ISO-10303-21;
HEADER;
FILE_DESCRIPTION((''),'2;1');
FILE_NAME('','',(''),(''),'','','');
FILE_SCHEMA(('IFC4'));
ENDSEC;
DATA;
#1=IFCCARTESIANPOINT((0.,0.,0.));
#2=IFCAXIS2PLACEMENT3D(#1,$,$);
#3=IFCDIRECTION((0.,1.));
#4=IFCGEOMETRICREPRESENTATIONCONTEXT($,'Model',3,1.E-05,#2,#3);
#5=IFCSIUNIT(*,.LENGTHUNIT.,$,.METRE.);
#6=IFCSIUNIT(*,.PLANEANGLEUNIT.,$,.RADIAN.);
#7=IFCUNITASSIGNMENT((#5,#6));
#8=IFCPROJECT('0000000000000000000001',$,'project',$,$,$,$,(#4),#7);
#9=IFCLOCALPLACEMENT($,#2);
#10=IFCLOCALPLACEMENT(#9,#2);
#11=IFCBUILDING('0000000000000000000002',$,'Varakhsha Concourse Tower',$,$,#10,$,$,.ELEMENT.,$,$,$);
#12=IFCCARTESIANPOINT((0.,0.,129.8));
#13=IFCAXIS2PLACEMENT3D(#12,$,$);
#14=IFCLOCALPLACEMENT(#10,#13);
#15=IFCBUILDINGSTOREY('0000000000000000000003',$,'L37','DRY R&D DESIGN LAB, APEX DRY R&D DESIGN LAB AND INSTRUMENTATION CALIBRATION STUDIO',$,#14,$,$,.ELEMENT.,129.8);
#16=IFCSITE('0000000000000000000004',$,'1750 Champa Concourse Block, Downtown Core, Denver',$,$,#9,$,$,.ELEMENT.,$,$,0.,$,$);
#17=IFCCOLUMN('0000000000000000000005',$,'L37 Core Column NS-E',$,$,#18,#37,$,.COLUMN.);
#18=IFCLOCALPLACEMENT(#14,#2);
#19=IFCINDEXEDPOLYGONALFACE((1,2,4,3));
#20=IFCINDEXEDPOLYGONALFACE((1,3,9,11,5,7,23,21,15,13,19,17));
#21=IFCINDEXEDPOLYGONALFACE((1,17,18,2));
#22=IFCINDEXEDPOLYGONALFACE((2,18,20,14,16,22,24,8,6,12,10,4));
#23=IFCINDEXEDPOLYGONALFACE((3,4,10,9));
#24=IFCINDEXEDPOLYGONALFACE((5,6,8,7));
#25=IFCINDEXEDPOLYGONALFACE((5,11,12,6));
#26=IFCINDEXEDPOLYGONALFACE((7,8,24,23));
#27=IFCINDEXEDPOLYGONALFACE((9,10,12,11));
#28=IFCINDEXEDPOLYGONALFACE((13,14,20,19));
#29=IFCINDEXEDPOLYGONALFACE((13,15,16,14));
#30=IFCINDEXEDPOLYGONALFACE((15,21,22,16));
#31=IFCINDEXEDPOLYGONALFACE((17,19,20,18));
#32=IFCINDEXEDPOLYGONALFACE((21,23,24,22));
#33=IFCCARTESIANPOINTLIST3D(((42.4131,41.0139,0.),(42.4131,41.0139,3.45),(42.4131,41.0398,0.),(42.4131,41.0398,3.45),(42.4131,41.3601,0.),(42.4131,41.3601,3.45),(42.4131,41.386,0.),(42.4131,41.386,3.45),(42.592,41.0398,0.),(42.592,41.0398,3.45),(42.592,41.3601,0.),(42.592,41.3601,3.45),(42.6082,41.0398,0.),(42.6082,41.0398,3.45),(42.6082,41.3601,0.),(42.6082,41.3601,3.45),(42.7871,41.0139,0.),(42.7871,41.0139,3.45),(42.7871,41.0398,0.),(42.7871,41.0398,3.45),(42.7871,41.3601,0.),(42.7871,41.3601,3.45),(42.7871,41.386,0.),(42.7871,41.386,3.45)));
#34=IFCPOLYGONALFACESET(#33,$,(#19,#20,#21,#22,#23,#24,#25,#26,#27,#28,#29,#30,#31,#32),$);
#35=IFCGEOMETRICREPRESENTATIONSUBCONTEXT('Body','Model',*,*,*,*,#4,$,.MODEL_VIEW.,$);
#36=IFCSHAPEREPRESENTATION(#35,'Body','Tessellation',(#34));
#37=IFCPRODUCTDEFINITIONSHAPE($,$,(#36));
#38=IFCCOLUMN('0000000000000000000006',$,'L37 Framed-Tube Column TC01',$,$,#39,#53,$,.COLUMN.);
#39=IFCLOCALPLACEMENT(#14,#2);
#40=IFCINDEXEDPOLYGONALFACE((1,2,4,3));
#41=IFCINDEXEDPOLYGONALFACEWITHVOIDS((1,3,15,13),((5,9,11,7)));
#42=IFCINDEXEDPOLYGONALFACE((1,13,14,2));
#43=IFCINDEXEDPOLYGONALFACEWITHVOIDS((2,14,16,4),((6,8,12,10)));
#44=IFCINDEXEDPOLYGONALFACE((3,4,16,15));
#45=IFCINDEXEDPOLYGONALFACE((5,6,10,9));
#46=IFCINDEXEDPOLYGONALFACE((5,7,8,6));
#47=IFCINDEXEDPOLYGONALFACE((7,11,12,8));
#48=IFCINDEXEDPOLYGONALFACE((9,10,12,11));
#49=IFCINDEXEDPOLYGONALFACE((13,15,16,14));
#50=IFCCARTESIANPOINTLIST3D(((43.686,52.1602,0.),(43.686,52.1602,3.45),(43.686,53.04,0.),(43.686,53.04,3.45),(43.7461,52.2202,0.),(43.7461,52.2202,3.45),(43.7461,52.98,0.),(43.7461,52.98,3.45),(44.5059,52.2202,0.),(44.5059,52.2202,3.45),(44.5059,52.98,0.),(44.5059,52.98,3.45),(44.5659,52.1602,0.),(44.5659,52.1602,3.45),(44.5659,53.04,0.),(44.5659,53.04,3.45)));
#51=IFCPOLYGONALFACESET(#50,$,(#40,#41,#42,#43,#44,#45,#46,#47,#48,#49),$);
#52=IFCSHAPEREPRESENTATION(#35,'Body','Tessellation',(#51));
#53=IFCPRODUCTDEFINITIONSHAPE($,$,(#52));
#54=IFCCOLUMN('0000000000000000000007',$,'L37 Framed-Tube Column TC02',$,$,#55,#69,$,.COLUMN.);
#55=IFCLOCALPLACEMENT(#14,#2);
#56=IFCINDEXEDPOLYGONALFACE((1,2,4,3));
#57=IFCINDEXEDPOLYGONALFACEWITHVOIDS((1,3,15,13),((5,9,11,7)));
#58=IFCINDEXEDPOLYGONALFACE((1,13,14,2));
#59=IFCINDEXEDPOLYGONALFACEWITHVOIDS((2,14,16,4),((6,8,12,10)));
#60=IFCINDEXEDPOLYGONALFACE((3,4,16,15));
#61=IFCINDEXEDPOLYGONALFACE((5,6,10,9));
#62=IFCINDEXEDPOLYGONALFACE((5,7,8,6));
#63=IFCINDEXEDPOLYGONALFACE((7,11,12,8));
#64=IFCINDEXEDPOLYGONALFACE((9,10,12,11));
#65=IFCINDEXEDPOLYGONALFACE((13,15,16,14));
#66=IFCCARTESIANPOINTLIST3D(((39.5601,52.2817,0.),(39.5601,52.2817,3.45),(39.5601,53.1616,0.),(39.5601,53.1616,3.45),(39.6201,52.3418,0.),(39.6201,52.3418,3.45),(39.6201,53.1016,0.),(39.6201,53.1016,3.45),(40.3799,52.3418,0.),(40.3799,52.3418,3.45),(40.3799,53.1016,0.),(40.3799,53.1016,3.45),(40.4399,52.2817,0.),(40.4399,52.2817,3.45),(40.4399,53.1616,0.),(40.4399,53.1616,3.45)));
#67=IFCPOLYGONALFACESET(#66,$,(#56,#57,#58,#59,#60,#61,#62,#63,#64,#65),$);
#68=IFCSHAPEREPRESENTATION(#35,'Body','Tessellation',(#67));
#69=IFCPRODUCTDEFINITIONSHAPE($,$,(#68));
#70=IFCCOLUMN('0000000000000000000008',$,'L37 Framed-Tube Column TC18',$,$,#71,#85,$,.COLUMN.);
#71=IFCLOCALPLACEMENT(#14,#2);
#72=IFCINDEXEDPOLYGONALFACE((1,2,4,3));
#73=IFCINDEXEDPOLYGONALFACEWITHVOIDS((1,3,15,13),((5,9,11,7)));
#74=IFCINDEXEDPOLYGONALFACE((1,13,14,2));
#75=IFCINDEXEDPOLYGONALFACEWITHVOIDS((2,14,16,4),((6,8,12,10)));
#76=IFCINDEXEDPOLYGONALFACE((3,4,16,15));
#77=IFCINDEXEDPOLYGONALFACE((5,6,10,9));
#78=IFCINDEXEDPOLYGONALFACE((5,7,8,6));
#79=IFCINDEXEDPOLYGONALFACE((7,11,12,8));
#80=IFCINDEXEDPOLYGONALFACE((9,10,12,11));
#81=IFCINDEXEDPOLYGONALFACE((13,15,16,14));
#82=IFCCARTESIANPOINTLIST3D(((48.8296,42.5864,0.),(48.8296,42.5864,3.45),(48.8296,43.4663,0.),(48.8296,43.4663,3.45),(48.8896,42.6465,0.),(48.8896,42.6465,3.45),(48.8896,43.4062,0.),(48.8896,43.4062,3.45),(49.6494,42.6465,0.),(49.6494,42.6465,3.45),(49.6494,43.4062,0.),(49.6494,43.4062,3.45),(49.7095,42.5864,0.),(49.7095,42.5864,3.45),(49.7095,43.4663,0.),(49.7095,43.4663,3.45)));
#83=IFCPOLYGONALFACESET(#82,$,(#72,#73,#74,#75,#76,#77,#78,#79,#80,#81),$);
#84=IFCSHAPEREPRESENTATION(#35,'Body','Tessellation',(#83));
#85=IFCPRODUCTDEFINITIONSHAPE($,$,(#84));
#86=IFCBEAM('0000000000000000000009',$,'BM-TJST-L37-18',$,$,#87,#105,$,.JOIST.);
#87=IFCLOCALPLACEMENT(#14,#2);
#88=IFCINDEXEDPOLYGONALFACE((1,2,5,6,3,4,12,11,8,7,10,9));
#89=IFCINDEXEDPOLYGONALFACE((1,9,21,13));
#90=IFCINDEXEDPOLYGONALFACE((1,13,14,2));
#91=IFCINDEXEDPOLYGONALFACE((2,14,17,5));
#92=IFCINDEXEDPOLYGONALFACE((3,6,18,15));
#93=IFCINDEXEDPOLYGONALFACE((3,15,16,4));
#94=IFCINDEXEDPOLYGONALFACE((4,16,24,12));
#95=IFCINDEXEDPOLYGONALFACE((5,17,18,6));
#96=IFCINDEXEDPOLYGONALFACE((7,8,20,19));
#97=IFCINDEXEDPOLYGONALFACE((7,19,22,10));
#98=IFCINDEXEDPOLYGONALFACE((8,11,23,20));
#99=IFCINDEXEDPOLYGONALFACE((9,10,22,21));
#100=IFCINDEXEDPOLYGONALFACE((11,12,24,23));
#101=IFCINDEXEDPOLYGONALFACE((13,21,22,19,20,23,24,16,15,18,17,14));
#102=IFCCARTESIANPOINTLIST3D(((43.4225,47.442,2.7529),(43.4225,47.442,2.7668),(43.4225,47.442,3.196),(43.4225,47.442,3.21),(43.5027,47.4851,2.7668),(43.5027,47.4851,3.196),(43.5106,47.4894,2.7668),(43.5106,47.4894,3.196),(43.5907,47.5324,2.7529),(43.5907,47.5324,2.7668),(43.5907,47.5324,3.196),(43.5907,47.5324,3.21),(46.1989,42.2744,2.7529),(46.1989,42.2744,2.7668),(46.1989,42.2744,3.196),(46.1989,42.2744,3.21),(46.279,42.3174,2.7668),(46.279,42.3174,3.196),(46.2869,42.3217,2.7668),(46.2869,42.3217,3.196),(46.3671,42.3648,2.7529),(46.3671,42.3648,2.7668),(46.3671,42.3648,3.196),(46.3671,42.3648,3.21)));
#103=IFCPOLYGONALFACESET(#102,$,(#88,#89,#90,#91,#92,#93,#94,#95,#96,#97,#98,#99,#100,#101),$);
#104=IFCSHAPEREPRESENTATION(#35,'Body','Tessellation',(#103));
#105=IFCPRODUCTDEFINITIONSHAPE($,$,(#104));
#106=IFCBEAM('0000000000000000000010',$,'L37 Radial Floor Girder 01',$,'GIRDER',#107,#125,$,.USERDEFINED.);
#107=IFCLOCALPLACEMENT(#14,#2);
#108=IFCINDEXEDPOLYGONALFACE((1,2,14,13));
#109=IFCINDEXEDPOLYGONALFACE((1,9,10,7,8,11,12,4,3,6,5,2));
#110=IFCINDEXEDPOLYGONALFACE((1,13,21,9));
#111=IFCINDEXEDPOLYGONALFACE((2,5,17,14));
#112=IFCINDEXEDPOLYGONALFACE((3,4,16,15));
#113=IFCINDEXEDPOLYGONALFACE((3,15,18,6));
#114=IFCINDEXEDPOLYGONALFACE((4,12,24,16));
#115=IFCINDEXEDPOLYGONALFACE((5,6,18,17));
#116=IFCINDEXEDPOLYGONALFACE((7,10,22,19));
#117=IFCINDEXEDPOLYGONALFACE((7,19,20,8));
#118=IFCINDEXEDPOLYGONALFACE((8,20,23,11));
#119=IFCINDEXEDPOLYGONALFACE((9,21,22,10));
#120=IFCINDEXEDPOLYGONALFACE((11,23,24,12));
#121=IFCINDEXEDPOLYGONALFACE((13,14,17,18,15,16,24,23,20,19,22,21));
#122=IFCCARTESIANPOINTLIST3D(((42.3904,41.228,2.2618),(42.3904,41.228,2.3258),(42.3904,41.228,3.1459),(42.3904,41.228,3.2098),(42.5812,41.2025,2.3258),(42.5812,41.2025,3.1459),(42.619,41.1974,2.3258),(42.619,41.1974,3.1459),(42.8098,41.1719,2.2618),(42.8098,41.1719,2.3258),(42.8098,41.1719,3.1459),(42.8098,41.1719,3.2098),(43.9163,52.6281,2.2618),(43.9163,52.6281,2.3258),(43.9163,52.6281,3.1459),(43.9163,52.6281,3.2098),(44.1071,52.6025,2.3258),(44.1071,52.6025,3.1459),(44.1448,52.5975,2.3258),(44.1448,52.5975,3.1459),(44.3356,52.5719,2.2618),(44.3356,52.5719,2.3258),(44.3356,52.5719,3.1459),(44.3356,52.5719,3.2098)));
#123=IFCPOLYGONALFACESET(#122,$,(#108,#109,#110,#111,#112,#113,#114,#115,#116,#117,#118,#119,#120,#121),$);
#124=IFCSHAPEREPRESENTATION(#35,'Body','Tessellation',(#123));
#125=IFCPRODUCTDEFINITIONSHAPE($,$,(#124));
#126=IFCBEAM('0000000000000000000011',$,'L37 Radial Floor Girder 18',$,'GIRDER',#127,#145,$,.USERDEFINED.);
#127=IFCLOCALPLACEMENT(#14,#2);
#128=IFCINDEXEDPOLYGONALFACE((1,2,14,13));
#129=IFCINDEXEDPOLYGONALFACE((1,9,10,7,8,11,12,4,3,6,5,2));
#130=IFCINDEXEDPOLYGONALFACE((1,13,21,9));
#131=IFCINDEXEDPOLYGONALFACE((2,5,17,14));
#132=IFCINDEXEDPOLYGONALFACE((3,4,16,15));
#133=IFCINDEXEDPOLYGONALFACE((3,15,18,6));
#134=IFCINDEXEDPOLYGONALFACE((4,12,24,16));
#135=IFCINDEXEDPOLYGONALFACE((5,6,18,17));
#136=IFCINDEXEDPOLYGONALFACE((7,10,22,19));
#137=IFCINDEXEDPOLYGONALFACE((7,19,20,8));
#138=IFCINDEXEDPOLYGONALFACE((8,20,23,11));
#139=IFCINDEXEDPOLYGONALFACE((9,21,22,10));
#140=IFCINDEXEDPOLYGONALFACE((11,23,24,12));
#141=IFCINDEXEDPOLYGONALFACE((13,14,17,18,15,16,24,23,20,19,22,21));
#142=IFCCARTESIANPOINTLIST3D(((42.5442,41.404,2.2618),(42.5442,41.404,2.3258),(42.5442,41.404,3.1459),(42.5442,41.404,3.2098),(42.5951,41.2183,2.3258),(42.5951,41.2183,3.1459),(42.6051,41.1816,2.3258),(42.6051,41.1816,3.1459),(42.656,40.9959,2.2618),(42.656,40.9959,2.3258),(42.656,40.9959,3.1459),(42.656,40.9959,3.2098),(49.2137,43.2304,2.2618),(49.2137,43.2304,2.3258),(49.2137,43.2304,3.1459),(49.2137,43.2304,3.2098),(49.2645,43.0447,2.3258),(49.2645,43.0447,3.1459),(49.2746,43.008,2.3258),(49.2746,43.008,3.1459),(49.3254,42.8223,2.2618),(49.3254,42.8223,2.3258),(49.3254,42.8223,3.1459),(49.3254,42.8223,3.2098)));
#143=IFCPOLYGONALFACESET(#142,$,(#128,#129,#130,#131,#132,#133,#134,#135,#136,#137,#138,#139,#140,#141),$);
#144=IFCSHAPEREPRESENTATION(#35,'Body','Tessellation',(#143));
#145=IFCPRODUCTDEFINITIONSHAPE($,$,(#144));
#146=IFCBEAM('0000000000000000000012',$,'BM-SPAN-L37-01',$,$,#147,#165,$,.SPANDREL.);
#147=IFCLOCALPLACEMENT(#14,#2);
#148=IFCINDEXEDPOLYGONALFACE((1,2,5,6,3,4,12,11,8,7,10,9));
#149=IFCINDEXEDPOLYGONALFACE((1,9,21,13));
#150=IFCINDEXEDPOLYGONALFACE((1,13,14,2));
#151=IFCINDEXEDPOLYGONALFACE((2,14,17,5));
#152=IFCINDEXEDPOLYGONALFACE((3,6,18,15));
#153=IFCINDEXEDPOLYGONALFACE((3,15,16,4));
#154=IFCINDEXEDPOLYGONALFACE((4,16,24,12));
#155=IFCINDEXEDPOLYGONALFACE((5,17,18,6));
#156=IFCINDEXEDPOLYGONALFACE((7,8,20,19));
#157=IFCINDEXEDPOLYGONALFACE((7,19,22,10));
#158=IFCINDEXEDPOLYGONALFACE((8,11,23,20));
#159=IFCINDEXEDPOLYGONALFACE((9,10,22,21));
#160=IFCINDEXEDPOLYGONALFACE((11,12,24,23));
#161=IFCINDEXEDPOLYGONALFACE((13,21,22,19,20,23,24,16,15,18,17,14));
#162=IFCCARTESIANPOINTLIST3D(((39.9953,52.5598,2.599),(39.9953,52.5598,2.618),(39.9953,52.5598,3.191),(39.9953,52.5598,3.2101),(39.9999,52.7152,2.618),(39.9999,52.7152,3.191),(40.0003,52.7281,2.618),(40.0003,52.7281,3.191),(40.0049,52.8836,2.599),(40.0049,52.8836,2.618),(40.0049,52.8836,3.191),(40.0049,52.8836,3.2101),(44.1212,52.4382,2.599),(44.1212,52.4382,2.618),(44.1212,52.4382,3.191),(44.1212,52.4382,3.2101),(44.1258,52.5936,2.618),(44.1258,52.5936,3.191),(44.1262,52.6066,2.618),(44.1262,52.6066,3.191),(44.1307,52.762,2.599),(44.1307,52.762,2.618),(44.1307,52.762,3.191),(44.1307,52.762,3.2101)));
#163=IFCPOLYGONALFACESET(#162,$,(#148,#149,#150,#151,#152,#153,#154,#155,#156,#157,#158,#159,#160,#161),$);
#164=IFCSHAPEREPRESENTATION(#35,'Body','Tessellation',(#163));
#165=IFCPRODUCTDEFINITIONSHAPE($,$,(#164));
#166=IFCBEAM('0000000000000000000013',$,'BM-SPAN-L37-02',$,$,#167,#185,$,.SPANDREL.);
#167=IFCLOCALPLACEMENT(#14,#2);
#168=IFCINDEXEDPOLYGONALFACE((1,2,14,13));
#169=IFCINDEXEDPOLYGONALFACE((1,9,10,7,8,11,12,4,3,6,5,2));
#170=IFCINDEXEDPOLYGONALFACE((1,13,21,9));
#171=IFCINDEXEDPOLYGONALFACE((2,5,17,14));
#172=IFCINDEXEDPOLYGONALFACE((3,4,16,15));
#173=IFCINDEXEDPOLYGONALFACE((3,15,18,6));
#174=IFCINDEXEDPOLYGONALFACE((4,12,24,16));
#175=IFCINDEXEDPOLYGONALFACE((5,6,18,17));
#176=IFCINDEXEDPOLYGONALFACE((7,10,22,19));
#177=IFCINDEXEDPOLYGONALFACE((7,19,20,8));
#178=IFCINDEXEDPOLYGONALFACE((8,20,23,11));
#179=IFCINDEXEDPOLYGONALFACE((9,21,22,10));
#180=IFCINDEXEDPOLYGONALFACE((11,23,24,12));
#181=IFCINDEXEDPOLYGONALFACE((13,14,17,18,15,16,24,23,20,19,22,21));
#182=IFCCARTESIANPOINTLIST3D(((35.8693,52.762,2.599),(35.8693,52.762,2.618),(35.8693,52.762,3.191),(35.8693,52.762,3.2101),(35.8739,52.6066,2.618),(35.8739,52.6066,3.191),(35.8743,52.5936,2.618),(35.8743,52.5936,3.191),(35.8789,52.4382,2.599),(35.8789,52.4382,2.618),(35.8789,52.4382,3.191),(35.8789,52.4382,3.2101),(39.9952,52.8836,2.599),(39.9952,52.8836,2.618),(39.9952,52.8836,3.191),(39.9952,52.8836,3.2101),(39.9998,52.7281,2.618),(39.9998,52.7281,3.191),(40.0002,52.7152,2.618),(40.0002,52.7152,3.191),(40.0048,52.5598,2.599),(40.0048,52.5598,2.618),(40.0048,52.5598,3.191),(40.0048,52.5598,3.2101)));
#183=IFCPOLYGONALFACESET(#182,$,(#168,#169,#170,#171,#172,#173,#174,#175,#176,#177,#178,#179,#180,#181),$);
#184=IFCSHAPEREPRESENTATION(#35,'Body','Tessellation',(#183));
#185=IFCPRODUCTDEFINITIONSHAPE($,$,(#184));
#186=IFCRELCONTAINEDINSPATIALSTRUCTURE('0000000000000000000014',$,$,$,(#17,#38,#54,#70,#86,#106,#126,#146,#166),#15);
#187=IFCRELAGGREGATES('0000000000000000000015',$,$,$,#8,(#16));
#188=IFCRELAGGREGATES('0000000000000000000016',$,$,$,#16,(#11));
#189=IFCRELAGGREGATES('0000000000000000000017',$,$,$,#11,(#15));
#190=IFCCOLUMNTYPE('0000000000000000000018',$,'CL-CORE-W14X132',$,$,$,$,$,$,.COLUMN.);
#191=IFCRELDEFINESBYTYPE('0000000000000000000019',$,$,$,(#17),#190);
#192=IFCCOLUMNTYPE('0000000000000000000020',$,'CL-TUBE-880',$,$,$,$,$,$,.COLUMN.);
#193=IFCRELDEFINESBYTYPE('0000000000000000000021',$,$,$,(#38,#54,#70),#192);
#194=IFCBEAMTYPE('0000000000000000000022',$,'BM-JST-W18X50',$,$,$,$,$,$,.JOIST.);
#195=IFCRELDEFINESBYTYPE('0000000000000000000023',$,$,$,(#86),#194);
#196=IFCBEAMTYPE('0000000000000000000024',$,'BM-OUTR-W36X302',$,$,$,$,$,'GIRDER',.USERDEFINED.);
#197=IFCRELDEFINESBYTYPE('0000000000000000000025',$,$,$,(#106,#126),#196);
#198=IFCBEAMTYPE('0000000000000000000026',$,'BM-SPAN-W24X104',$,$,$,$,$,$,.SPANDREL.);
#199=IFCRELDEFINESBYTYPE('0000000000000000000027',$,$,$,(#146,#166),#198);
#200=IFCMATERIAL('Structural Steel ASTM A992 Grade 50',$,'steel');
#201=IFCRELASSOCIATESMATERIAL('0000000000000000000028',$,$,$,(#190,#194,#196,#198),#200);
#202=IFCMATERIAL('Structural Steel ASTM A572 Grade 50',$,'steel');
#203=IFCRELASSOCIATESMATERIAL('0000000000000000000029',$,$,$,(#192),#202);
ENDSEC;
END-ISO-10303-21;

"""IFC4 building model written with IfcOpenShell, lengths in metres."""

from ifc_helpers import new_model, si_unit, direction, frame, origin, origin_2d, place, context, subcontext, project, spatial, hollow_rectangle, i_section, extrude, material, material_profile, profile_set, type_object, element, save


model = new_model("IFC4")

# Units and contexts
model_context = context("Model", 3, precision=1e-05, world=origin(), true_north=direction((0.0, 1.0)))
body_context = subcontext(model_context, "Body", "Model", "MODEL_VIEW")
ifc_project = project(units=[si_unit("LENGTHUNIT", "METRE"), si_unit("PLANEANGLEUNIT", "RADIAN")], contexts=[model_context])

# Site, building, storey
site_placement = place(None, origin())
site = spatial("IfcSite", under=ifc_project, at=site_placement, Name="1750 Champa Concourse Block, Downtown Core, Denver", CompositionType="ELEMENT", RefElevation=0.0)
building_placement = place(site_placement, origin())
building = spatial("IfcBuilding", under=site, at=building_placement, Name="Varakhsha Concourse Tower", CompositionType="ELEMENT")
storey_placement = place(building_placement, frame((0.0, 0.0, 129.8)))
storey = spatial("IfcBuildingStorey", under=building, at=storey_placement, Name="L37", Description="DRY R&D DESIGN LAB, APEX DRY R&D DESIGN LAB AND INSTRUMENTATION CALIBRATION STUDIO", CompositionType="ELEMENT", Elevation=129.8)

# Columns
ifc_material_1 = material(Name="Structural Steel ASTM A992 Grade 50", Category="steel")
ifc_material_profile_1 = material_profile(ifc_material_1, i_section(OverallWidth=0.374, OverallDepth=0.3721, WebThickness=0.0161, FlangeThickness=0.0259, at=origin_2d()), Name="W14X132")
ifc_profile_set_1 = profile_set([ifc_material_profile_1], Name="Structural Steel ASTM A992 Grade 50")
column_type_1 = type_object("IfcColumnType", Name="CL-CORE-W14X132", PredefinedType="COLUMN", material=ifc_profile_set_1)
column_placement = place(storey_placement, frame((42.6001, 41.2, 0.0), z_axis=(0.0, 0.0, 1.0), x_axis=(1.0, 0.0, 0.0)))
element("IfcColumn", 1, at=column_placement, inside=storey, type_object=column_type_1, Name="L37 Core Column NS-E", PredefinedType="COLUMN", context=body_context, shape_type="SweptSolid", body=[
    extrude(i_section(OverallWidth=0.374, OverallDepth=0.3721, WebThickness=0.0161, FlangeThickness=0.0259, at=origin_2d()), origin(), (0.0, 0.0, 1.0), 3.45),
])
ifc_material_2 = material(Name="Structural Steel ASTM A572 Grade 50", Category="steel")
ifc_material_profile_2 = material_profile(ifc_material_2, hollow_rectangle(XDim=0.8799, YDim=0.8799, WallThickness=0.0601, at=origin_2d()), Name="BOX 880x880x60")
ifc_profile_set_2 = profile_set([ifc_material_profile_2], Name="Structural Steel ASTM A572 Grade 50")
column_type_2 = type_object("IfcColumnType", Name="CL-TUBE-880", PredefinedType="COLUMN", material=ifc_profile_set_2)
for number, where, z_axis, x_axis, name in (
    (2, (44.126, 52.6001, 0.0), (0.0, 0.0, 1.0), (1.0, 0.0, 0.0), "L37 Framed-Tube Column TC01"),
    (3, (40.0, 52.7217, 0.0), (0.0, 0.0, 1.0), (1.0, 0.0, 0.0), "L37 Framed-Tube Column TC02"),
    (4, (49.2695, 43.0264, 0.0), (0.0, 0.0, 1.0), (1.0, 0.0, 0.0), "L37 Framed-Tube Column TC18"),
):
    element("IfcColumn", number, at=place(storey_placement, frame(where, z_axis=z_axis, x_axis=x_axis)), inside=storey, type_object=column_type_2, Name=name, PredefinedType="COLUMN", context=body_context, shape_type="SweptSolid", body=[
        extrude(hollow_rectangle(XDim=0.8799, YDim=0.8799, WallThickness=0.0601, at=origin_2d()), origin(), (0.0, 0.0, 1.0), 3.45),
    ])

# Beams
ifc_material_profile_3 = material_profile(ifc_material_1, i_section(OverallWidth=0.1909, OverallDepth=0.457, WebThickness=0.009, FlangeThickness=0.0139, at=origin_2d()), Name="W18X50")
ifc_profile_set_3 = profile_set([ifc_material_profile_3], Name="Structural Steel ASTM A992 Grade 50")
beam_type_1 = type_object("IfcBeamType", Name="BM-JST-W18X50", PredefinedType="JOIST", material=ifc_profile_set_3)
beam_1_placement = place(storey_placement, frame((46.283, 42.3196, 2.9814), z_axis=(-0.473273, 0.880916, 0.0), x_axis=(-0.880916, -0.473273, 0.0)))
element("IfcBeam", 5, at=beam_1_placement, inside=storey, type_object=beam_type_1, Name="BM-TJST-L37-18", PredefinedType="JOIST", context=body_context, shape_type="SweptSolid", body=[
    extrude(i_section(OverallWidth=0.1909, OverallDepth=0.457, WebThickness=0.009, FlangeThickness=0.0139, at=origin_2d()), origin(), (0.0, 0.0, 1.0), 5.8662),
])
ifc_material_profile_4 = material_profile(ifc_material_1, i_section(OverallWidth=0.4231, OverallDepth=0.948, WebThickness=0.0381, FlangeThickness=0.064, at=origin_2d()), Name="W36X302")
ifc_profile_set_4 = profile_set([ifc_material_profile_4], Name="Structural Steel ASTM A992 Grade 50")
beam_type_2 = type_object("IfcBeamType", Name="BM-OUTR-W36X302", ElementType="GIRDER", PredefinedType="USERDEFINED", material=ifc_profile_set_4)
beam_2_placement = place(storey_placement, frame((42.6001, 41.2, 2.7358), z_axis=(0.132664, 0.991161, 0.0), x_axis=(-0.991161, 0.132664, 0.0)))
element("IfcBeam", 6, at=beam_2_placement, inside=storey, type_object=beam_type_2, Name="L37 Radial Floor Girder 01", ObjectType="GIRDER", PredefinedType="USERDEFINED", context=body_context, shape_type="SweptSolid", body=[
    extrude(i_section(OverallWidth=0.4231, OverallDepth=0.948, WebThickness=0.0381, FlangeThickness=0.064, at=origin_2d()), origin(), (0.0, 0.0, 1.0), 11.5017),
])
beam_3_placement = place(storey_placement, frame((42.6001, 41.2, 2.7358), z_axis=(0.964489, 0.264124, 0.0), x_axis=(-0.264124, 0.964489, 0.0)))
element("IfcBeam", 7, at=beam_3_placement, inside=storey, type_object=beam_type_2, Name="L37 Radial Floor Girder 18", ObjectType="GIRDER", PredefinedType="USERDEFINED", context=body_context, shape_type="SweptSolid", body=[
    extrude(i_section(OverallWidth=0.4231, OverallDepth=0.948, WebThickness=0.0381, FlangeThickness=0.064, at=origin_2d()), origin(), (0.0, 0.0, 1.0), 6.915),
])
ifc_material_profile_5 = material_profile(ifc_material_1, i_section(OverallWidth=0.324, OverallDepth=0.6111, WebThickness=0.0129, FlangeThickness=0.019, at=origin_2d()), Name="W24X104")
ifc_profile_set_5 = profile_set([ifc_material_profile_5], Name="Structural Steel ASTM A992 Grade 50")
beam_type_3 = type_object("IfcBeamType", Name="BM-SPAN-W24X104", PredefinedType="SPANDREL", material=ifc_profile_set_5)
for number, where, z_axis, x_axis, name in (
    (8, (44.126, 52.6001, 2.9045), (-0.999566, 0.029455, 0.0), (-0.029455, -0.999566, 0.0), "BM-SPAN-L37-01"),
    (9, (40.0, 52.7217, 2.9045), (-0.999566, -0.029455, 0.0), (0.029455, -0.999566, 0.0), "BM-SPAN-L37-02"),
):
    element("IfcBeam", number, at=place(storey_placement, frame(where, z_axis=z_axis, x_axis=x_axis)), inside=storey, type_object=beam_type_3, Name=name, PredefinedType="SPANDREL", context=body_context, shape_type="SweptSolid", body=[
        extrude(i_section(OverallWidth=0.324, OverallDepth=0.6111, WebThickness=0.0129, FlangeThickness=0.019, at=origin_2d()), origin(), (0.0, 0.0, 1.0), 4.1277),
    ])

save(model, "model.ifc")
